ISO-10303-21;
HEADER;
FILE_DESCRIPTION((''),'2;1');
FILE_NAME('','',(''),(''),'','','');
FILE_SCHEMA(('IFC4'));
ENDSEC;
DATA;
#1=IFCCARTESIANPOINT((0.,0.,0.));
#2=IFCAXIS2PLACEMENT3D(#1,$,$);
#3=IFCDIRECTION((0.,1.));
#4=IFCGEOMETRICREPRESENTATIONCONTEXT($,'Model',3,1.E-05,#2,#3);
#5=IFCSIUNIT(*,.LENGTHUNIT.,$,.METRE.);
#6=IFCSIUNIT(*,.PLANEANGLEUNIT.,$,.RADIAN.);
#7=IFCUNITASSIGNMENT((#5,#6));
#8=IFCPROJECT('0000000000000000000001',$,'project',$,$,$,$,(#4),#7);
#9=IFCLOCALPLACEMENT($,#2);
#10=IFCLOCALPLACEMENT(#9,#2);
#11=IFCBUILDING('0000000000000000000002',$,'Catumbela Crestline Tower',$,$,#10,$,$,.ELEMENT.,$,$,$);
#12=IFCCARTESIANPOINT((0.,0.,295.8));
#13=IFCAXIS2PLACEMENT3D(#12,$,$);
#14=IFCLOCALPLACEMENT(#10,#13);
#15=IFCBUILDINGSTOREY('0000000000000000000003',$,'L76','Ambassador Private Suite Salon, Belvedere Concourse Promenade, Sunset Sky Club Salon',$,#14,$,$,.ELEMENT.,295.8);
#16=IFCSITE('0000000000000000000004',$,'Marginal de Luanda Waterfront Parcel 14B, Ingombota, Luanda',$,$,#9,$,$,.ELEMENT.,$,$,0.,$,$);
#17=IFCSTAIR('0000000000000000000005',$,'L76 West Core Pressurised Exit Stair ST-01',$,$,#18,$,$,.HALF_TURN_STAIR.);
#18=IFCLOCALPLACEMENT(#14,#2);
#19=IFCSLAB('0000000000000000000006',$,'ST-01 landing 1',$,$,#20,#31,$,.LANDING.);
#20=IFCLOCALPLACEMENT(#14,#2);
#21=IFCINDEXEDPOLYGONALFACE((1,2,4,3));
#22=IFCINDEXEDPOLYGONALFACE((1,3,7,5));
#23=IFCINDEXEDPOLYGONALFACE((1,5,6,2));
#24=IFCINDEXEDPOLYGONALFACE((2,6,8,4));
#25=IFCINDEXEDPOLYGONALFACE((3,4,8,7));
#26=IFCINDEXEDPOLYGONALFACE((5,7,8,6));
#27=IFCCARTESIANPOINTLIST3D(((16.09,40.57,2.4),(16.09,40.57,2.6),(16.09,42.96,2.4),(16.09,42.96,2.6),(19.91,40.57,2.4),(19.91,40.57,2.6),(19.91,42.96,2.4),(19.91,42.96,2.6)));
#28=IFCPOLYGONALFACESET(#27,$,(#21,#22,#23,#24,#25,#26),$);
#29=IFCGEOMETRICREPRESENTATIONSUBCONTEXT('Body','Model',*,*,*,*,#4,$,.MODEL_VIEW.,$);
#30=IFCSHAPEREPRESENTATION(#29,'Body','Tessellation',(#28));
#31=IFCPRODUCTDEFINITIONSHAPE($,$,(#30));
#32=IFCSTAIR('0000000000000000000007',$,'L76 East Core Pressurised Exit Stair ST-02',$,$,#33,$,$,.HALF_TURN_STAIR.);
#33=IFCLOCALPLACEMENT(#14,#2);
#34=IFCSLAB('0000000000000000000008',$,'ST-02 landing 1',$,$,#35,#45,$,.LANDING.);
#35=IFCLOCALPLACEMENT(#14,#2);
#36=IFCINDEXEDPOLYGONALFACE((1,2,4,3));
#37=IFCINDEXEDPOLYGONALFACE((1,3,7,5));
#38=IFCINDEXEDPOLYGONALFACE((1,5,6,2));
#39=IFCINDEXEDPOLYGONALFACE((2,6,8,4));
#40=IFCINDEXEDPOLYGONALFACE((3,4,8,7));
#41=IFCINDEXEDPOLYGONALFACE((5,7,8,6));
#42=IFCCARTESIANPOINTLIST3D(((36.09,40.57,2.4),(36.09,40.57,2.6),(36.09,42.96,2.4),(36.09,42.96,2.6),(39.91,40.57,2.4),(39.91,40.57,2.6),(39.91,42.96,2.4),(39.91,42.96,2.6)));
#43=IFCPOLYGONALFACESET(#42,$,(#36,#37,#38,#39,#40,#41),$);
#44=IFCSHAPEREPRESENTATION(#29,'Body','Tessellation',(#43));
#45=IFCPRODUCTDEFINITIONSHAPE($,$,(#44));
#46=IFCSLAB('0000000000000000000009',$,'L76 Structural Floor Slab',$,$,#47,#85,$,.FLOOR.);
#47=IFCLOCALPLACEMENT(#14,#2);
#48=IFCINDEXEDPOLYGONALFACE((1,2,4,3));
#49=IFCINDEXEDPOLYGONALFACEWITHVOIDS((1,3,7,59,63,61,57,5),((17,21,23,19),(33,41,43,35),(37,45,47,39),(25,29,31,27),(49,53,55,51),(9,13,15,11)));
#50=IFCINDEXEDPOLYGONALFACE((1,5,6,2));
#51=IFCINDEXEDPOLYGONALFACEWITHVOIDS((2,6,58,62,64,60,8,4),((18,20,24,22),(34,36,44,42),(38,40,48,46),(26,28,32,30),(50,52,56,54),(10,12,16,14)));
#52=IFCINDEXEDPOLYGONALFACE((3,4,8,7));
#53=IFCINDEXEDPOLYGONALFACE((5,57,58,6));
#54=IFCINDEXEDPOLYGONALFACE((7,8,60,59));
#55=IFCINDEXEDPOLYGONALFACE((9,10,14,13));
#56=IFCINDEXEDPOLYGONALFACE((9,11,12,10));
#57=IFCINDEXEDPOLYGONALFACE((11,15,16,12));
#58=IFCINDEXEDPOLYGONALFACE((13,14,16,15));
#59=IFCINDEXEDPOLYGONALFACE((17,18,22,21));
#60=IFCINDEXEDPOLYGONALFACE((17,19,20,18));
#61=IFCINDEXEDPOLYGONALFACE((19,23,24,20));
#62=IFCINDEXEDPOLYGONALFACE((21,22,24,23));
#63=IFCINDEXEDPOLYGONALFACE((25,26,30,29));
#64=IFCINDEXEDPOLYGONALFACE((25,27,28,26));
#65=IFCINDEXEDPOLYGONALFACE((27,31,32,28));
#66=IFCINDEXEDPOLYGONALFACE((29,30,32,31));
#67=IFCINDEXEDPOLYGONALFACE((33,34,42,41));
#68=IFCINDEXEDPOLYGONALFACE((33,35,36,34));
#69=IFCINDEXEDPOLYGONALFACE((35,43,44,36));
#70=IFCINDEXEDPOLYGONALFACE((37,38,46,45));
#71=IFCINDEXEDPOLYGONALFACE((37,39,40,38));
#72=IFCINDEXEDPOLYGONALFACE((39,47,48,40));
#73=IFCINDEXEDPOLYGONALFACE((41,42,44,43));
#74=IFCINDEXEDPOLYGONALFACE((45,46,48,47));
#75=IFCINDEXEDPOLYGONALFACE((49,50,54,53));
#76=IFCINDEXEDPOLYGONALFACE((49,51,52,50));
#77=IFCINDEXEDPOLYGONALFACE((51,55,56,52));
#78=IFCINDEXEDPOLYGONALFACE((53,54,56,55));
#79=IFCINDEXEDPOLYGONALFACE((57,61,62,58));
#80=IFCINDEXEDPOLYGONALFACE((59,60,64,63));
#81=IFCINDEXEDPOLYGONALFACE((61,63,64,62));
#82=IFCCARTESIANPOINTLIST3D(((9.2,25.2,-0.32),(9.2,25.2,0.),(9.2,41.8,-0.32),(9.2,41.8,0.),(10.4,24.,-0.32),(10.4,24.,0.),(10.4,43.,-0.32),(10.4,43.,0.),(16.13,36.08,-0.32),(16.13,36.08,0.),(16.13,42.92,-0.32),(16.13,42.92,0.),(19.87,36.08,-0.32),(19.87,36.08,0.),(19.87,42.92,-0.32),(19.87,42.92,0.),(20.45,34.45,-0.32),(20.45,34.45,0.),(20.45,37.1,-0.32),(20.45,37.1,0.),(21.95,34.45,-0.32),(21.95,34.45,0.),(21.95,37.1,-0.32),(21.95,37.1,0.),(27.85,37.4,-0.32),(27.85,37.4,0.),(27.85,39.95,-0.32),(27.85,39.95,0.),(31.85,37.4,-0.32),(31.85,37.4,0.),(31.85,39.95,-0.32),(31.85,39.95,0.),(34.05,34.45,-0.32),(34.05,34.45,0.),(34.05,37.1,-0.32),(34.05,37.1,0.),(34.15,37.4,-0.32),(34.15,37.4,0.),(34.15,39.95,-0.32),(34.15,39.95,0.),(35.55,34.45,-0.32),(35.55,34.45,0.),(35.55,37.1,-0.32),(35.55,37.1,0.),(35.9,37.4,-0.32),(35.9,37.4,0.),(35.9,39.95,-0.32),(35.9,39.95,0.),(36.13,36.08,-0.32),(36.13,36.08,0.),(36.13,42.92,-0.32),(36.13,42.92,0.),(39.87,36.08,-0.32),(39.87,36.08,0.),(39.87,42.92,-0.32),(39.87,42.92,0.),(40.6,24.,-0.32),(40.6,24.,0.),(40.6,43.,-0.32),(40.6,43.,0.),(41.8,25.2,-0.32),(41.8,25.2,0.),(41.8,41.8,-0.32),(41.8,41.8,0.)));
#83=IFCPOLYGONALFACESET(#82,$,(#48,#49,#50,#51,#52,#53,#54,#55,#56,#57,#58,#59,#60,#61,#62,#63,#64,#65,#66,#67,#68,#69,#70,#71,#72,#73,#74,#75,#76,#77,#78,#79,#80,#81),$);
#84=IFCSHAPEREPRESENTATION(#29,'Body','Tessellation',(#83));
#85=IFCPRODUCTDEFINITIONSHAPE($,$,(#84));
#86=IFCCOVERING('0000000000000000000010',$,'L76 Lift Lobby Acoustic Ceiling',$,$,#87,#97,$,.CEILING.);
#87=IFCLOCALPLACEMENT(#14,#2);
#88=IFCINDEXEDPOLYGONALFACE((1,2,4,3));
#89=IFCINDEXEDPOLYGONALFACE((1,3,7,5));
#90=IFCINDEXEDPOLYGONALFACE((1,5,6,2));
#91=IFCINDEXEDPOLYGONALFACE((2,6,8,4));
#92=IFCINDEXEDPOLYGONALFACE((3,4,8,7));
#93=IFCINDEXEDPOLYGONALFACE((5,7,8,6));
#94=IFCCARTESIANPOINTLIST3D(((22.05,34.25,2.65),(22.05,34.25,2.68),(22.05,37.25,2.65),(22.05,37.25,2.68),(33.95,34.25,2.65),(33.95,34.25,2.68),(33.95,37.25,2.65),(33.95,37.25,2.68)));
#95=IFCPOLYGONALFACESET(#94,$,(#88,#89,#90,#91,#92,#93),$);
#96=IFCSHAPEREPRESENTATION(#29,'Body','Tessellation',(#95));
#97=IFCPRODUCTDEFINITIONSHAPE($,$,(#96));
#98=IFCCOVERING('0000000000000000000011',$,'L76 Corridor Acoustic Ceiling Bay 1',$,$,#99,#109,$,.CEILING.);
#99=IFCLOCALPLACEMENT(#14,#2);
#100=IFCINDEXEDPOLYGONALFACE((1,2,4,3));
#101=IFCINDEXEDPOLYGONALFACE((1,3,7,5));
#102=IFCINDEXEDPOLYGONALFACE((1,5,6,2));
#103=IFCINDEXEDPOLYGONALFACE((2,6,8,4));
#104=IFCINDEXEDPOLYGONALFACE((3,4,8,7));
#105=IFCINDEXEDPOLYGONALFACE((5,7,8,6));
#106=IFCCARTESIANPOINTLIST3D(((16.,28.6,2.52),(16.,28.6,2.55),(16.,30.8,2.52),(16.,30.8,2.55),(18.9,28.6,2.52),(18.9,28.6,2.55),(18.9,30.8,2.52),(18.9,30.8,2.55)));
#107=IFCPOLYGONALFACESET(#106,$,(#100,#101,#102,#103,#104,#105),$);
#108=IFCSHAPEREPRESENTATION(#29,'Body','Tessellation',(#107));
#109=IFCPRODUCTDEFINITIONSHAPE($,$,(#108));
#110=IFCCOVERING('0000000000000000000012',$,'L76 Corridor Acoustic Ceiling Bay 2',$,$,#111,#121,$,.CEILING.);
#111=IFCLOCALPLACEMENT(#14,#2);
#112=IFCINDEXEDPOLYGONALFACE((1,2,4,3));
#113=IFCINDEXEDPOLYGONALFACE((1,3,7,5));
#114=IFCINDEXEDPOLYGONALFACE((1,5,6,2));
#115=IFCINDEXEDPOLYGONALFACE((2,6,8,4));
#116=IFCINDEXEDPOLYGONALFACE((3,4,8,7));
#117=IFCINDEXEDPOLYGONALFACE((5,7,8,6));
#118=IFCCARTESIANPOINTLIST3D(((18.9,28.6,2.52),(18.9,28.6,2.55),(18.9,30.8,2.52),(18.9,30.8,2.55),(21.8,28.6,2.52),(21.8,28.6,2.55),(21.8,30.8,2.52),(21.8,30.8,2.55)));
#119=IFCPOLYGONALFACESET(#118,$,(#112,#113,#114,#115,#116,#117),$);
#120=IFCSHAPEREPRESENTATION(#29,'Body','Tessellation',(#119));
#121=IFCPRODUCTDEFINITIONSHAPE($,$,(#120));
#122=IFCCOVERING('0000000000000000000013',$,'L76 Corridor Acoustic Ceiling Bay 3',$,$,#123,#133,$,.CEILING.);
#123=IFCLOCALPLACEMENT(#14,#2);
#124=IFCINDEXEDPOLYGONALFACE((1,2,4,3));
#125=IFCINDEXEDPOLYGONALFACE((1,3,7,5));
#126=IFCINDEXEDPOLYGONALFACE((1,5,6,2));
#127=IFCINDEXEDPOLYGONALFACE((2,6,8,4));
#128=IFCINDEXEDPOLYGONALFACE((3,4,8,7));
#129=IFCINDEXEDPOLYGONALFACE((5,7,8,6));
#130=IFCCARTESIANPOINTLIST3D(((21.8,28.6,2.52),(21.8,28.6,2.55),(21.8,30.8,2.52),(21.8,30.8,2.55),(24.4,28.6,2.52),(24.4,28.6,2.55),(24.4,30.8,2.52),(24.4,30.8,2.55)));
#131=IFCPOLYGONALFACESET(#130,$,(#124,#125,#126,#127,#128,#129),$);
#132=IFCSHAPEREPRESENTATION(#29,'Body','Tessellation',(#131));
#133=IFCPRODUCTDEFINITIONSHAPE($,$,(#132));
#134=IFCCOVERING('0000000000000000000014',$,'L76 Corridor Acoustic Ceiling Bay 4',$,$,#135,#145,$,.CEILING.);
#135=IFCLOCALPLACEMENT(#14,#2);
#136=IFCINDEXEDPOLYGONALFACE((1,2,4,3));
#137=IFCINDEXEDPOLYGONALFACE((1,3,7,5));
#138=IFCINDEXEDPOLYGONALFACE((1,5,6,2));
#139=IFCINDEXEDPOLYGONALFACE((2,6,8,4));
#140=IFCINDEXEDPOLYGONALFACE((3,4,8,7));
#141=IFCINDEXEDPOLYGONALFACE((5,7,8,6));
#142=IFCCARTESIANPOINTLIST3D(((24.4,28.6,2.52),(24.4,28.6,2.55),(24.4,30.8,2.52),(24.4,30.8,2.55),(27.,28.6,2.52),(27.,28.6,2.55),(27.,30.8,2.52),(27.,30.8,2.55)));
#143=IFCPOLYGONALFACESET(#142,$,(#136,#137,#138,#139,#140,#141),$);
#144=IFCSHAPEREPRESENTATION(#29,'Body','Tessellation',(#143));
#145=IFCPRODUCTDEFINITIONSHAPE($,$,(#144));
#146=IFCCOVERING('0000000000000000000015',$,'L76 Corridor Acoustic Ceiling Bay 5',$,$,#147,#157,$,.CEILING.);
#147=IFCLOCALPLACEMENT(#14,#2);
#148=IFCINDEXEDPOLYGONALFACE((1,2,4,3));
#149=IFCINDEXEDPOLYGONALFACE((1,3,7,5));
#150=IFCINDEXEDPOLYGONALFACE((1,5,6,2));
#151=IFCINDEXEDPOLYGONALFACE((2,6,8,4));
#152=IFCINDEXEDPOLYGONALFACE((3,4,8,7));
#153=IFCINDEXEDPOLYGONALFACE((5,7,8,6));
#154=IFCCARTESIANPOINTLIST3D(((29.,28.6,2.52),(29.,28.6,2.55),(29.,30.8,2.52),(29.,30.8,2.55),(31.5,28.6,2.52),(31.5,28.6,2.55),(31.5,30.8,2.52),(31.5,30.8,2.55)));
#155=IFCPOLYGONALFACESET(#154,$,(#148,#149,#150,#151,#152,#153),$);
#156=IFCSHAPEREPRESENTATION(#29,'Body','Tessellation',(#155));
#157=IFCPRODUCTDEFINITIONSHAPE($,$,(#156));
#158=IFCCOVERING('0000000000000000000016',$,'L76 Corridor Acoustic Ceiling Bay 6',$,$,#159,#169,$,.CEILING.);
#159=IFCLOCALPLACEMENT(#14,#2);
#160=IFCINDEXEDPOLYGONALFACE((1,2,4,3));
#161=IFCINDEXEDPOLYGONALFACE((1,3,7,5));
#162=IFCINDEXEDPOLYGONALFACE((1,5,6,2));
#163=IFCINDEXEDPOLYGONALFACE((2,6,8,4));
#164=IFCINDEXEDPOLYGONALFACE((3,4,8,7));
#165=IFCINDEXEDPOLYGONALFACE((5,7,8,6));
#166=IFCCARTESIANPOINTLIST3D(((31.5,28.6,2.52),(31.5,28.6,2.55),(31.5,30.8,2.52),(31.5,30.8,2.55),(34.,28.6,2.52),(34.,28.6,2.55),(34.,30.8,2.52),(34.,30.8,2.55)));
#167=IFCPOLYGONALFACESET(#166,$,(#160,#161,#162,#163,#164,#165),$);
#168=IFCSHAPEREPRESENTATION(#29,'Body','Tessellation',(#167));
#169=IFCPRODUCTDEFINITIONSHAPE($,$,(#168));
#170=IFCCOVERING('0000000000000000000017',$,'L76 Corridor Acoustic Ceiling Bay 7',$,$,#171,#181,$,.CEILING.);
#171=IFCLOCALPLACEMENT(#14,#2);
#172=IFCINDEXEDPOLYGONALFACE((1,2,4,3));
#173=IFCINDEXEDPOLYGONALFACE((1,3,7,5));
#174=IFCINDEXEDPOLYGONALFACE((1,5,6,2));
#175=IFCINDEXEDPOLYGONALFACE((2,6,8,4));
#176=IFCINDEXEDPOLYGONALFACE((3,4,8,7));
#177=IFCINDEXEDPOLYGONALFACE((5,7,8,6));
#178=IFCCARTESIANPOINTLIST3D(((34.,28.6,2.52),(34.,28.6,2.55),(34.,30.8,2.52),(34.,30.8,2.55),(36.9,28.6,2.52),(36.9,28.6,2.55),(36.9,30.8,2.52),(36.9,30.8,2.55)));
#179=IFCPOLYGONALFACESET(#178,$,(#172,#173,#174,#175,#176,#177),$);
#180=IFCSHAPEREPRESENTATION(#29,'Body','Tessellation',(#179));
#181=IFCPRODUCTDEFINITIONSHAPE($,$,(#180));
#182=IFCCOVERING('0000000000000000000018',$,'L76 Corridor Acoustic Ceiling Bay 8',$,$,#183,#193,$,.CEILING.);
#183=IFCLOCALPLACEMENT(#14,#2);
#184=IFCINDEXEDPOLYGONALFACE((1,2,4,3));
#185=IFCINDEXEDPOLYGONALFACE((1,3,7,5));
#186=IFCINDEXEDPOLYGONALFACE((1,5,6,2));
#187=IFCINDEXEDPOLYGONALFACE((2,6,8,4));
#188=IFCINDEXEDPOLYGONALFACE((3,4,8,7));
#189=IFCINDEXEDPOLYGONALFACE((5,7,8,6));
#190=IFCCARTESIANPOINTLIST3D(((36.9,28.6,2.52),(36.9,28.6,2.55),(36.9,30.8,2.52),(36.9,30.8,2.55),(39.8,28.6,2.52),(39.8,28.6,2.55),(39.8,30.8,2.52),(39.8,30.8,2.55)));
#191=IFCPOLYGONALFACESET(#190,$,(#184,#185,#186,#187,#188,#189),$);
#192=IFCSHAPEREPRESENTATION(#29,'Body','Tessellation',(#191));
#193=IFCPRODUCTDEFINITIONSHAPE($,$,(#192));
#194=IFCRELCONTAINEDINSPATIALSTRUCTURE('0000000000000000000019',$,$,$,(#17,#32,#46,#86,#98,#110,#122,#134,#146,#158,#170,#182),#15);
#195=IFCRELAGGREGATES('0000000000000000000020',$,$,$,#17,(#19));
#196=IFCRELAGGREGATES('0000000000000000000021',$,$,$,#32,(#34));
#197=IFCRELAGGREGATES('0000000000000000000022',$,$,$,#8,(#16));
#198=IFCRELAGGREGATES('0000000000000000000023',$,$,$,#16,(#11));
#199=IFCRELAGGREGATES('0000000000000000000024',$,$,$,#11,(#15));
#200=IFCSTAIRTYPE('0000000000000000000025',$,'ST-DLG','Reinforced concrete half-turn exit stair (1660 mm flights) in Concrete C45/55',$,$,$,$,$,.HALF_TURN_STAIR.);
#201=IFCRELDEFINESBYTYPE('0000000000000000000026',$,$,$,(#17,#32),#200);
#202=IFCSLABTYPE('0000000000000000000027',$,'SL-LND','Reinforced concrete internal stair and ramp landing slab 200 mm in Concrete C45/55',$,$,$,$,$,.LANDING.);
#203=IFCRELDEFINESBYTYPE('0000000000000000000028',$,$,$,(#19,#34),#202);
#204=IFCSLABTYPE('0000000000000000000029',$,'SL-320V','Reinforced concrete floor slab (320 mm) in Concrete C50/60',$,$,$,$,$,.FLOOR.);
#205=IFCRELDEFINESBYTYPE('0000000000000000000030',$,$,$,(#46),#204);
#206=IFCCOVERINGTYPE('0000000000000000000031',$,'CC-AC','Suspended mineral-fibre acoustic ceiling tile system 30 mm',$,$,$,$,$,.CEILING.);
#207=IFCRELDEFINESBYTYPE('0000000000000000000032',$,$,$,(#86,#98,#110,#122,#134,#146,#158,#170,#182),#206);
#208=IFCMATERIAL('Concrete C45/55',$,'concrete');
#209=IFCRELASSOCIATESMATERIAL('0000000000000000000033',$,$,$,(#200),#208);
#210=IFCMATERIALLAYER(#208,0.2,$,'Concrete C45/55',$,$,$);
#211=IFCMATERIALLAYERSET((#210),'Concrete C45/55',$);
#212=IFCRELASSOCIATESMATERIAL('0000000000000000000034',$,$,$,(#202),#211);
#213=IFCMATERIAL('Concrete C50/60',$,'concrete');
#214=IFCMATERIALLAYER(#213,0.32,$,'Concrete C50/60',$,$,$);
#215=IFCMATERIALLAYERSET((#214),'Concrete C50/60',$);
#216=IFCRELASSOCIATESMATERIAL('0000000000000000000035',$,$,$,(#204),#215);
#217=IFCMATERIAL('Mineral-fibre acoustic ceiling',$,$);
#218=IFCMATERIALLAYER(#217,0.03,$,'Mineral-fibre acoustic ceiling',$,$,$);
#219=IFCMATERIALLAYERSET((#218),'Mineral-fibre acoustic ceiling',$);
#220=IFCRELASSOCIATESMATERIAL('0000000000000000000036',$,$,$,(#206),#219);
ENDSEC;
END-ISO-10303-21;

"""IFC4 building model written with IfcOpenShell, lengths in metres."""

from ifc_helpers import new_model, si_unit, direction, frame, origin, place, context, subcontext, project, spatial, polyline, outline, extrude, material, layer, layer_set, type_object, element, aggregate, save


model = new_model("IFC4")

# Units and contexts
model_context = context("Model", 3, precision=1e-05, world=origin(), true_north=direction((0.0, 1.0)))
body_context = subcontext(model_context, "Body", "Model", "MODEL_VIEW")
ifc_project = project(units=[si_unit("LENGTHUNIT", "METRE"), si_unit("PLANEANGLEUNIT", "RADIAN")], contexts=[model_context])

# Site, building, storey
site_placement = place(None, origin())
site = spatial("IfcSite", under=ifc_project, at=site_placement, Name="Marginal de Luanda Waterfront Parcel 14B, Ingombota, Luanda", CompositionType="ELEMENT", RefElevation=0.0)
building_placement = place(site_placement, origin())
building = spatial("IfcBuilding", under=site, at=building_placement, Name="Catumbela Crestline Tower", CompositionType="ELEMENT")
storey_placement = place(building_placement, frame((0.0, 0.0, 295.8)))
storey = spatial("IfcBuildingStorey", under=building, at=storey_placement, Name="L76", Description="Ambassador Private Suite Salon, Belvedere Concourse Promenade, Sunset Sky Club Salon", CompositionType="ELEMENT", Elevation=295.8)

# Stairs, slabs
ifc_material_1 = material(Name="Concrete C45/55", Category="concrete")
stair_type = type_object("IfcStairType", Name="ST-DLG", Description="Reinforced concrete half-turn exit stair (1660 mm flights) in Concrete C45/55", PredefinedType="HALF_TURN_STAIR", material=ifc_material_1)
stair_1_placement = place(storey_placement, origin())
stair_1 = element("IfcStair", 1, at=stair_1_placement, inside=storey, type_object=stair_type, Name="L76 West Core Pressurised Exit Stair ST-01", PredefinedType="HALF_TURN_STAIR")
ifc_layer_1 = layer(ifc_material_1, 0.2, Name="Concrete C45/55")
ifc_layer_set_1 = layer_set([ifc_layer_1], Name="Concrete C45/55")
slab_type_1 = type_object("IfcSlabType", Name="SL-LND", Description="Reinforced concrete internal stair and ramp landing slab 200 mm in Concrete C45/55", PredefinedType="LANDING", material=ifc_layer_set_1)
slab_1_placement = place(storey_placement, frame((0.0, 0.0, 2.4)))
slab_1 = element("IfcSlab", 2, at=slab_1_placement, type_object=slab_type_1, Name="ST-01 landing 1", PredefinedType="LANDING", context=body_context, shape_type="SweptSolid", body=[
    extrude(outline(polyline([(19.91, 40.57), (19.91, 42.96), (16.09, 42.96), (16.09, 40.57), (19.91, 40.57)])), origin(), (0.0, 0.0, 1.0), 0.2),
])
aggregate(stair_1, [slab_1])
stair_2_placement = place(storey_placement, origin())
stair_2 = element("IfcStair", 3, at=stair_2_placement, inside=storey, type_object=stair_type, Name="L76 East Core Pressurised Exit Stair ST-02", PredefinedType="HALF_TURN_STAIR")
slab_2_placement = place(storey_placement, frame((0.0, 0.0, 2.4)))
slab_2 = element("IfcSlab", 4, at=slab_2_placement, type_object=slab_type_1, Name="ST-02 landing 1", PredefinedType="LANDING", context=body_context, shape_type="SweptSolid", body=[
    extrude(outline(polyline([(39.91, 40.57), (39.91, 42.96), (36.09, 42.96), (36.09, 40.57), (39.91, 40.57)])), origin(), (0.0, 0.0, 1.0), 0.2),
])
aggregate(stair_2, [slab_2])

# Slab
ifc_material_2 = material(Name="Concrete C50/60", Category="concrete")
ifc_layer_2 = layer(ifc_material_2, 0.32, Name="Concrete C50/60")
ifc_layer_set_2 = layer_set([ifc_layer_2], Name="Concrete C50/60")
slab_type_2 = type_object("IfcSlabType", Name="SL-320V", Description="Reinforced concrete floor slab (320 mm) in Concrete C50/60", PredefinedType="FLOOR", material=ifc_layer_set_2)
slab_3_placement = place(storey_placement, frame((0.0, 0.0, -0.32)))
element("IfcSlab", 5, at=slab_3_placement, inside=storey, type_object=slab_type_2, Name="L76 Structural Floor Slab", PredefinedType="FLOOR", context=body_context, shape_type="SweptSolid", body=[
    extrude(outline(polyline([(10.4, 24.0), (40.6, 24.0), (41.8, 25.2), (41.8, 41.8), (40.6, 43.0), (10.4, 43.0), (9.2, 41.8), (9.2, 25.2), (10.4, 24.0)]), holes=[polyline([(16.13, 36.08), (19.87, 36.08), (19.87, 42.92), (16.13, 42.92), (16.13, 36.08)]), polyline([(36.13, 36.08), (39.87, 36.08), (39.87, 42.92), (36.13, 42.92), (36.13, 36.08)]), polyline([(27.85, 37.4), (31.85, 37.4), (31.85, 39.95), (27.85, 39.95), (27.85, 37.4)]), polyline([(20.45, 34.45), (21.95, 34.45), (21.95, 37.1), (20.45, 37.1), (20.45, 34.45)]), polyline([(34.05, 34.45), (35.55, 34.45), (35.55, 37.1), (34.05, 37.1), (34.05, 34.45)]), polyline([(34.15, 37.4), (35.9, 37.4), (35.9, 39.95), (34.15, 39.95), (34.15, 37.4)])]), origin(), (0.0, 0.0, 1.0), 0.32),
])

# Coverings
ifc_material_3 = material(Name="Mineral-fibre acoustic ceiling")
ifc_layer_3 = layer(ifc_material_3, 0.03, Name="Mineral-fibre acoustic ceiling")
ifc_layer_set_3 = layer_set([ifc_layer_3], Name="Mineral-fibre acoustic ceiling")
covering_type_1 = type_object("IfcCoveringType", Name="CC-AC", Description="Suspended mineral-fibre acoustic ceiling tile system 30 mm", PredefinedType="CEILING", material=ifc_layer_set_3)
covering_1_placement = place(storey_placement, frame((0.0, 0.0, 2.65)))
element("IfcCovering", 6, at=covering_1_placement, inside=storey, type_object=covering_type_1, Name="L76 Lift Lobby Acoustic Ceiling", PredefinedType="CEILING", context=body_context, shape_type="SweptSolid", body=[
    extrude(outline(polyline([(22.05, 34.25), (33.95, 34.25), (33.95, 37.25), (22.05, 37.25), (22.05, 34.25)])), origin(), (0.0, 0.0, 1.0), 0.03),
])
covering_2_placement = place(storey_placement, frame((0.0, 0.0, 2.52)))
element("IfcCovering", 7, at=covering_2_placement, inside=storey, type_object=covering_type_1, Name="L76 Corridor Acoustic Ceiling Bay 1", PredefinedType="CEILING", context=body_context, shape_type="SweptSolid", body=[
    extrude(outline(polyline([(16.0, 28.6), (18.9, 28.6), (18.9, 30.8), (16.0, 30.8), (16.0, 28.6)])), origin(), (0.0, 0.0, 1.0), 0.03),
])
covering_3_placement = place(storey_placement, frame((0.0, 0.0, 2.52)))
element("IfcCovering", 8, at=covering_3_placement, inside=storey, type_object=covering_type_1, Name="L76 Corridor Acoustic Ceiling Bay 2", PredefinedType="CEILING", context=body_context, shape_type="SweptSolid", body=[
    extrude(outline(polyline([(18.9, 28.6), (21.8, 28.6), (21.8, 30.8), (18.9, 30.8), (18.9, 28.6)])), origin(), (0.0, 0.0, 1.0), 0.03),
])
covering_4_placement = place(storey_placement, frame((0.0, 0.0, 2.52)))
element("IfcCovering", 9, at=covering_4_placement, inside=storey, type_object=covering_type_1, Name="L76 Corridor Acoustic Ceiling Bay 3", PredefinedType="CEILING", context=body_context, shape_type="SweptSolid", body=[
    extrude(outline(polyline([(21.8, 28.6), (24.4, 28.6), (24.4, 30.8), (21.8, 30.8), (21.8, 28.6)])), origin(), (0.0, 0.0, 1.0), 0.03),
])
covering_5_placement = place(storey_placement, frame((0.0, 0.0, 2.52)))
element("IfcCovering", 10, at=covering_5_placement, inside=storey, type_object=covering_type_1, Name="L76 Corridor Acoustic Ceiling Bay 4", PredefinedType="CEILING", context=body_context, shape_type="SweptSolid", body=[
    extrude(outline(polyline([(24.4, 28.6), (27.0, 28.6), (27.0, 30.8), (24.4, 30.8), (24.4, 28.6)])), origin(), (0.0, 0.0, 1.0), 0.03),
])
covering_6_placement = place(storey_placement, frame((0.0, 0.0, 2.52)))
element("IfcCovering", 11, at=covering_6_placement, inside=storey, type_object=covering_type_1, Name="L76 Corridor Acoustic Ceiling Bay 5", PredefinedType="CEILING", context=body_context, shape_type="SweptSolid", body=[
    extrude(outline(polyline([(29.0, 28.6), (31.5, 28.6), (31.5, 30.8), (29.0, 30.8), (29.0, 28.6)])), origin(), (0.0, 0.0, 1.0), 0.03),
])
covering_7_placement = place(storey_placement, frame((0.0, 0.0, 2.52)))
element("IfcCovering", 12, at=covering_7_placement, inside=storey, type_object=covering_type_1, Name="L76 Corridor Acoustic Ceiling Bay 6", PredefinedType="CEILING", context=body_context, shape_type="SweptSolid", body=[
    extrude(outline(polyline([(31.5, 28.6), (34.0, 28.6), (34.0, 30.8), (31.5, 30.8), (31.5, 28.6)])), origin(), (0.0, 0.0, 1.0), 0.03),
])
covering_8_placement = place(storey_placement, frame((0.0, 0.0, 2.52)))
element("IfcCovering", 13, at=covering_8_placement, inside=storey, type_object=covering_type_1, Name="L76 Corridor Acoustic Ceiling Bay 7", PredefinedType="CEILING", context=body_context, shape_type="SweptSolid", body=[
    extrude(outline(polyline([(34.0, 28.6), (36.9, 28.6), (36.9, 30.8), (34.0, 30.8), (34.0, 28.6)])), origin(), (0.0, 0.0, 1.0), 0.03),
])
covering_9_placement = place(storey_placement, frame((0.0, 0.0, 2.52)))
element("IfcCovering", 14, at=covering_9_placement, inside=storey, type_object=covering_type_1, Name="L76 Corridor Acoustic Ceiling Bay 8", PredefinedType="CEILING", context=body_context, shape_type="SweptSolid", body=[
    extrude(outline(polyline([(36.9, 28.6), (39.8, 28.6), (39.8, 30.8), (36.9, 30.8), (36.9, 28.6)])), origin(), (0.0, 0.0, 1.0), 0.03),
])

save(model, "model.ifc")
